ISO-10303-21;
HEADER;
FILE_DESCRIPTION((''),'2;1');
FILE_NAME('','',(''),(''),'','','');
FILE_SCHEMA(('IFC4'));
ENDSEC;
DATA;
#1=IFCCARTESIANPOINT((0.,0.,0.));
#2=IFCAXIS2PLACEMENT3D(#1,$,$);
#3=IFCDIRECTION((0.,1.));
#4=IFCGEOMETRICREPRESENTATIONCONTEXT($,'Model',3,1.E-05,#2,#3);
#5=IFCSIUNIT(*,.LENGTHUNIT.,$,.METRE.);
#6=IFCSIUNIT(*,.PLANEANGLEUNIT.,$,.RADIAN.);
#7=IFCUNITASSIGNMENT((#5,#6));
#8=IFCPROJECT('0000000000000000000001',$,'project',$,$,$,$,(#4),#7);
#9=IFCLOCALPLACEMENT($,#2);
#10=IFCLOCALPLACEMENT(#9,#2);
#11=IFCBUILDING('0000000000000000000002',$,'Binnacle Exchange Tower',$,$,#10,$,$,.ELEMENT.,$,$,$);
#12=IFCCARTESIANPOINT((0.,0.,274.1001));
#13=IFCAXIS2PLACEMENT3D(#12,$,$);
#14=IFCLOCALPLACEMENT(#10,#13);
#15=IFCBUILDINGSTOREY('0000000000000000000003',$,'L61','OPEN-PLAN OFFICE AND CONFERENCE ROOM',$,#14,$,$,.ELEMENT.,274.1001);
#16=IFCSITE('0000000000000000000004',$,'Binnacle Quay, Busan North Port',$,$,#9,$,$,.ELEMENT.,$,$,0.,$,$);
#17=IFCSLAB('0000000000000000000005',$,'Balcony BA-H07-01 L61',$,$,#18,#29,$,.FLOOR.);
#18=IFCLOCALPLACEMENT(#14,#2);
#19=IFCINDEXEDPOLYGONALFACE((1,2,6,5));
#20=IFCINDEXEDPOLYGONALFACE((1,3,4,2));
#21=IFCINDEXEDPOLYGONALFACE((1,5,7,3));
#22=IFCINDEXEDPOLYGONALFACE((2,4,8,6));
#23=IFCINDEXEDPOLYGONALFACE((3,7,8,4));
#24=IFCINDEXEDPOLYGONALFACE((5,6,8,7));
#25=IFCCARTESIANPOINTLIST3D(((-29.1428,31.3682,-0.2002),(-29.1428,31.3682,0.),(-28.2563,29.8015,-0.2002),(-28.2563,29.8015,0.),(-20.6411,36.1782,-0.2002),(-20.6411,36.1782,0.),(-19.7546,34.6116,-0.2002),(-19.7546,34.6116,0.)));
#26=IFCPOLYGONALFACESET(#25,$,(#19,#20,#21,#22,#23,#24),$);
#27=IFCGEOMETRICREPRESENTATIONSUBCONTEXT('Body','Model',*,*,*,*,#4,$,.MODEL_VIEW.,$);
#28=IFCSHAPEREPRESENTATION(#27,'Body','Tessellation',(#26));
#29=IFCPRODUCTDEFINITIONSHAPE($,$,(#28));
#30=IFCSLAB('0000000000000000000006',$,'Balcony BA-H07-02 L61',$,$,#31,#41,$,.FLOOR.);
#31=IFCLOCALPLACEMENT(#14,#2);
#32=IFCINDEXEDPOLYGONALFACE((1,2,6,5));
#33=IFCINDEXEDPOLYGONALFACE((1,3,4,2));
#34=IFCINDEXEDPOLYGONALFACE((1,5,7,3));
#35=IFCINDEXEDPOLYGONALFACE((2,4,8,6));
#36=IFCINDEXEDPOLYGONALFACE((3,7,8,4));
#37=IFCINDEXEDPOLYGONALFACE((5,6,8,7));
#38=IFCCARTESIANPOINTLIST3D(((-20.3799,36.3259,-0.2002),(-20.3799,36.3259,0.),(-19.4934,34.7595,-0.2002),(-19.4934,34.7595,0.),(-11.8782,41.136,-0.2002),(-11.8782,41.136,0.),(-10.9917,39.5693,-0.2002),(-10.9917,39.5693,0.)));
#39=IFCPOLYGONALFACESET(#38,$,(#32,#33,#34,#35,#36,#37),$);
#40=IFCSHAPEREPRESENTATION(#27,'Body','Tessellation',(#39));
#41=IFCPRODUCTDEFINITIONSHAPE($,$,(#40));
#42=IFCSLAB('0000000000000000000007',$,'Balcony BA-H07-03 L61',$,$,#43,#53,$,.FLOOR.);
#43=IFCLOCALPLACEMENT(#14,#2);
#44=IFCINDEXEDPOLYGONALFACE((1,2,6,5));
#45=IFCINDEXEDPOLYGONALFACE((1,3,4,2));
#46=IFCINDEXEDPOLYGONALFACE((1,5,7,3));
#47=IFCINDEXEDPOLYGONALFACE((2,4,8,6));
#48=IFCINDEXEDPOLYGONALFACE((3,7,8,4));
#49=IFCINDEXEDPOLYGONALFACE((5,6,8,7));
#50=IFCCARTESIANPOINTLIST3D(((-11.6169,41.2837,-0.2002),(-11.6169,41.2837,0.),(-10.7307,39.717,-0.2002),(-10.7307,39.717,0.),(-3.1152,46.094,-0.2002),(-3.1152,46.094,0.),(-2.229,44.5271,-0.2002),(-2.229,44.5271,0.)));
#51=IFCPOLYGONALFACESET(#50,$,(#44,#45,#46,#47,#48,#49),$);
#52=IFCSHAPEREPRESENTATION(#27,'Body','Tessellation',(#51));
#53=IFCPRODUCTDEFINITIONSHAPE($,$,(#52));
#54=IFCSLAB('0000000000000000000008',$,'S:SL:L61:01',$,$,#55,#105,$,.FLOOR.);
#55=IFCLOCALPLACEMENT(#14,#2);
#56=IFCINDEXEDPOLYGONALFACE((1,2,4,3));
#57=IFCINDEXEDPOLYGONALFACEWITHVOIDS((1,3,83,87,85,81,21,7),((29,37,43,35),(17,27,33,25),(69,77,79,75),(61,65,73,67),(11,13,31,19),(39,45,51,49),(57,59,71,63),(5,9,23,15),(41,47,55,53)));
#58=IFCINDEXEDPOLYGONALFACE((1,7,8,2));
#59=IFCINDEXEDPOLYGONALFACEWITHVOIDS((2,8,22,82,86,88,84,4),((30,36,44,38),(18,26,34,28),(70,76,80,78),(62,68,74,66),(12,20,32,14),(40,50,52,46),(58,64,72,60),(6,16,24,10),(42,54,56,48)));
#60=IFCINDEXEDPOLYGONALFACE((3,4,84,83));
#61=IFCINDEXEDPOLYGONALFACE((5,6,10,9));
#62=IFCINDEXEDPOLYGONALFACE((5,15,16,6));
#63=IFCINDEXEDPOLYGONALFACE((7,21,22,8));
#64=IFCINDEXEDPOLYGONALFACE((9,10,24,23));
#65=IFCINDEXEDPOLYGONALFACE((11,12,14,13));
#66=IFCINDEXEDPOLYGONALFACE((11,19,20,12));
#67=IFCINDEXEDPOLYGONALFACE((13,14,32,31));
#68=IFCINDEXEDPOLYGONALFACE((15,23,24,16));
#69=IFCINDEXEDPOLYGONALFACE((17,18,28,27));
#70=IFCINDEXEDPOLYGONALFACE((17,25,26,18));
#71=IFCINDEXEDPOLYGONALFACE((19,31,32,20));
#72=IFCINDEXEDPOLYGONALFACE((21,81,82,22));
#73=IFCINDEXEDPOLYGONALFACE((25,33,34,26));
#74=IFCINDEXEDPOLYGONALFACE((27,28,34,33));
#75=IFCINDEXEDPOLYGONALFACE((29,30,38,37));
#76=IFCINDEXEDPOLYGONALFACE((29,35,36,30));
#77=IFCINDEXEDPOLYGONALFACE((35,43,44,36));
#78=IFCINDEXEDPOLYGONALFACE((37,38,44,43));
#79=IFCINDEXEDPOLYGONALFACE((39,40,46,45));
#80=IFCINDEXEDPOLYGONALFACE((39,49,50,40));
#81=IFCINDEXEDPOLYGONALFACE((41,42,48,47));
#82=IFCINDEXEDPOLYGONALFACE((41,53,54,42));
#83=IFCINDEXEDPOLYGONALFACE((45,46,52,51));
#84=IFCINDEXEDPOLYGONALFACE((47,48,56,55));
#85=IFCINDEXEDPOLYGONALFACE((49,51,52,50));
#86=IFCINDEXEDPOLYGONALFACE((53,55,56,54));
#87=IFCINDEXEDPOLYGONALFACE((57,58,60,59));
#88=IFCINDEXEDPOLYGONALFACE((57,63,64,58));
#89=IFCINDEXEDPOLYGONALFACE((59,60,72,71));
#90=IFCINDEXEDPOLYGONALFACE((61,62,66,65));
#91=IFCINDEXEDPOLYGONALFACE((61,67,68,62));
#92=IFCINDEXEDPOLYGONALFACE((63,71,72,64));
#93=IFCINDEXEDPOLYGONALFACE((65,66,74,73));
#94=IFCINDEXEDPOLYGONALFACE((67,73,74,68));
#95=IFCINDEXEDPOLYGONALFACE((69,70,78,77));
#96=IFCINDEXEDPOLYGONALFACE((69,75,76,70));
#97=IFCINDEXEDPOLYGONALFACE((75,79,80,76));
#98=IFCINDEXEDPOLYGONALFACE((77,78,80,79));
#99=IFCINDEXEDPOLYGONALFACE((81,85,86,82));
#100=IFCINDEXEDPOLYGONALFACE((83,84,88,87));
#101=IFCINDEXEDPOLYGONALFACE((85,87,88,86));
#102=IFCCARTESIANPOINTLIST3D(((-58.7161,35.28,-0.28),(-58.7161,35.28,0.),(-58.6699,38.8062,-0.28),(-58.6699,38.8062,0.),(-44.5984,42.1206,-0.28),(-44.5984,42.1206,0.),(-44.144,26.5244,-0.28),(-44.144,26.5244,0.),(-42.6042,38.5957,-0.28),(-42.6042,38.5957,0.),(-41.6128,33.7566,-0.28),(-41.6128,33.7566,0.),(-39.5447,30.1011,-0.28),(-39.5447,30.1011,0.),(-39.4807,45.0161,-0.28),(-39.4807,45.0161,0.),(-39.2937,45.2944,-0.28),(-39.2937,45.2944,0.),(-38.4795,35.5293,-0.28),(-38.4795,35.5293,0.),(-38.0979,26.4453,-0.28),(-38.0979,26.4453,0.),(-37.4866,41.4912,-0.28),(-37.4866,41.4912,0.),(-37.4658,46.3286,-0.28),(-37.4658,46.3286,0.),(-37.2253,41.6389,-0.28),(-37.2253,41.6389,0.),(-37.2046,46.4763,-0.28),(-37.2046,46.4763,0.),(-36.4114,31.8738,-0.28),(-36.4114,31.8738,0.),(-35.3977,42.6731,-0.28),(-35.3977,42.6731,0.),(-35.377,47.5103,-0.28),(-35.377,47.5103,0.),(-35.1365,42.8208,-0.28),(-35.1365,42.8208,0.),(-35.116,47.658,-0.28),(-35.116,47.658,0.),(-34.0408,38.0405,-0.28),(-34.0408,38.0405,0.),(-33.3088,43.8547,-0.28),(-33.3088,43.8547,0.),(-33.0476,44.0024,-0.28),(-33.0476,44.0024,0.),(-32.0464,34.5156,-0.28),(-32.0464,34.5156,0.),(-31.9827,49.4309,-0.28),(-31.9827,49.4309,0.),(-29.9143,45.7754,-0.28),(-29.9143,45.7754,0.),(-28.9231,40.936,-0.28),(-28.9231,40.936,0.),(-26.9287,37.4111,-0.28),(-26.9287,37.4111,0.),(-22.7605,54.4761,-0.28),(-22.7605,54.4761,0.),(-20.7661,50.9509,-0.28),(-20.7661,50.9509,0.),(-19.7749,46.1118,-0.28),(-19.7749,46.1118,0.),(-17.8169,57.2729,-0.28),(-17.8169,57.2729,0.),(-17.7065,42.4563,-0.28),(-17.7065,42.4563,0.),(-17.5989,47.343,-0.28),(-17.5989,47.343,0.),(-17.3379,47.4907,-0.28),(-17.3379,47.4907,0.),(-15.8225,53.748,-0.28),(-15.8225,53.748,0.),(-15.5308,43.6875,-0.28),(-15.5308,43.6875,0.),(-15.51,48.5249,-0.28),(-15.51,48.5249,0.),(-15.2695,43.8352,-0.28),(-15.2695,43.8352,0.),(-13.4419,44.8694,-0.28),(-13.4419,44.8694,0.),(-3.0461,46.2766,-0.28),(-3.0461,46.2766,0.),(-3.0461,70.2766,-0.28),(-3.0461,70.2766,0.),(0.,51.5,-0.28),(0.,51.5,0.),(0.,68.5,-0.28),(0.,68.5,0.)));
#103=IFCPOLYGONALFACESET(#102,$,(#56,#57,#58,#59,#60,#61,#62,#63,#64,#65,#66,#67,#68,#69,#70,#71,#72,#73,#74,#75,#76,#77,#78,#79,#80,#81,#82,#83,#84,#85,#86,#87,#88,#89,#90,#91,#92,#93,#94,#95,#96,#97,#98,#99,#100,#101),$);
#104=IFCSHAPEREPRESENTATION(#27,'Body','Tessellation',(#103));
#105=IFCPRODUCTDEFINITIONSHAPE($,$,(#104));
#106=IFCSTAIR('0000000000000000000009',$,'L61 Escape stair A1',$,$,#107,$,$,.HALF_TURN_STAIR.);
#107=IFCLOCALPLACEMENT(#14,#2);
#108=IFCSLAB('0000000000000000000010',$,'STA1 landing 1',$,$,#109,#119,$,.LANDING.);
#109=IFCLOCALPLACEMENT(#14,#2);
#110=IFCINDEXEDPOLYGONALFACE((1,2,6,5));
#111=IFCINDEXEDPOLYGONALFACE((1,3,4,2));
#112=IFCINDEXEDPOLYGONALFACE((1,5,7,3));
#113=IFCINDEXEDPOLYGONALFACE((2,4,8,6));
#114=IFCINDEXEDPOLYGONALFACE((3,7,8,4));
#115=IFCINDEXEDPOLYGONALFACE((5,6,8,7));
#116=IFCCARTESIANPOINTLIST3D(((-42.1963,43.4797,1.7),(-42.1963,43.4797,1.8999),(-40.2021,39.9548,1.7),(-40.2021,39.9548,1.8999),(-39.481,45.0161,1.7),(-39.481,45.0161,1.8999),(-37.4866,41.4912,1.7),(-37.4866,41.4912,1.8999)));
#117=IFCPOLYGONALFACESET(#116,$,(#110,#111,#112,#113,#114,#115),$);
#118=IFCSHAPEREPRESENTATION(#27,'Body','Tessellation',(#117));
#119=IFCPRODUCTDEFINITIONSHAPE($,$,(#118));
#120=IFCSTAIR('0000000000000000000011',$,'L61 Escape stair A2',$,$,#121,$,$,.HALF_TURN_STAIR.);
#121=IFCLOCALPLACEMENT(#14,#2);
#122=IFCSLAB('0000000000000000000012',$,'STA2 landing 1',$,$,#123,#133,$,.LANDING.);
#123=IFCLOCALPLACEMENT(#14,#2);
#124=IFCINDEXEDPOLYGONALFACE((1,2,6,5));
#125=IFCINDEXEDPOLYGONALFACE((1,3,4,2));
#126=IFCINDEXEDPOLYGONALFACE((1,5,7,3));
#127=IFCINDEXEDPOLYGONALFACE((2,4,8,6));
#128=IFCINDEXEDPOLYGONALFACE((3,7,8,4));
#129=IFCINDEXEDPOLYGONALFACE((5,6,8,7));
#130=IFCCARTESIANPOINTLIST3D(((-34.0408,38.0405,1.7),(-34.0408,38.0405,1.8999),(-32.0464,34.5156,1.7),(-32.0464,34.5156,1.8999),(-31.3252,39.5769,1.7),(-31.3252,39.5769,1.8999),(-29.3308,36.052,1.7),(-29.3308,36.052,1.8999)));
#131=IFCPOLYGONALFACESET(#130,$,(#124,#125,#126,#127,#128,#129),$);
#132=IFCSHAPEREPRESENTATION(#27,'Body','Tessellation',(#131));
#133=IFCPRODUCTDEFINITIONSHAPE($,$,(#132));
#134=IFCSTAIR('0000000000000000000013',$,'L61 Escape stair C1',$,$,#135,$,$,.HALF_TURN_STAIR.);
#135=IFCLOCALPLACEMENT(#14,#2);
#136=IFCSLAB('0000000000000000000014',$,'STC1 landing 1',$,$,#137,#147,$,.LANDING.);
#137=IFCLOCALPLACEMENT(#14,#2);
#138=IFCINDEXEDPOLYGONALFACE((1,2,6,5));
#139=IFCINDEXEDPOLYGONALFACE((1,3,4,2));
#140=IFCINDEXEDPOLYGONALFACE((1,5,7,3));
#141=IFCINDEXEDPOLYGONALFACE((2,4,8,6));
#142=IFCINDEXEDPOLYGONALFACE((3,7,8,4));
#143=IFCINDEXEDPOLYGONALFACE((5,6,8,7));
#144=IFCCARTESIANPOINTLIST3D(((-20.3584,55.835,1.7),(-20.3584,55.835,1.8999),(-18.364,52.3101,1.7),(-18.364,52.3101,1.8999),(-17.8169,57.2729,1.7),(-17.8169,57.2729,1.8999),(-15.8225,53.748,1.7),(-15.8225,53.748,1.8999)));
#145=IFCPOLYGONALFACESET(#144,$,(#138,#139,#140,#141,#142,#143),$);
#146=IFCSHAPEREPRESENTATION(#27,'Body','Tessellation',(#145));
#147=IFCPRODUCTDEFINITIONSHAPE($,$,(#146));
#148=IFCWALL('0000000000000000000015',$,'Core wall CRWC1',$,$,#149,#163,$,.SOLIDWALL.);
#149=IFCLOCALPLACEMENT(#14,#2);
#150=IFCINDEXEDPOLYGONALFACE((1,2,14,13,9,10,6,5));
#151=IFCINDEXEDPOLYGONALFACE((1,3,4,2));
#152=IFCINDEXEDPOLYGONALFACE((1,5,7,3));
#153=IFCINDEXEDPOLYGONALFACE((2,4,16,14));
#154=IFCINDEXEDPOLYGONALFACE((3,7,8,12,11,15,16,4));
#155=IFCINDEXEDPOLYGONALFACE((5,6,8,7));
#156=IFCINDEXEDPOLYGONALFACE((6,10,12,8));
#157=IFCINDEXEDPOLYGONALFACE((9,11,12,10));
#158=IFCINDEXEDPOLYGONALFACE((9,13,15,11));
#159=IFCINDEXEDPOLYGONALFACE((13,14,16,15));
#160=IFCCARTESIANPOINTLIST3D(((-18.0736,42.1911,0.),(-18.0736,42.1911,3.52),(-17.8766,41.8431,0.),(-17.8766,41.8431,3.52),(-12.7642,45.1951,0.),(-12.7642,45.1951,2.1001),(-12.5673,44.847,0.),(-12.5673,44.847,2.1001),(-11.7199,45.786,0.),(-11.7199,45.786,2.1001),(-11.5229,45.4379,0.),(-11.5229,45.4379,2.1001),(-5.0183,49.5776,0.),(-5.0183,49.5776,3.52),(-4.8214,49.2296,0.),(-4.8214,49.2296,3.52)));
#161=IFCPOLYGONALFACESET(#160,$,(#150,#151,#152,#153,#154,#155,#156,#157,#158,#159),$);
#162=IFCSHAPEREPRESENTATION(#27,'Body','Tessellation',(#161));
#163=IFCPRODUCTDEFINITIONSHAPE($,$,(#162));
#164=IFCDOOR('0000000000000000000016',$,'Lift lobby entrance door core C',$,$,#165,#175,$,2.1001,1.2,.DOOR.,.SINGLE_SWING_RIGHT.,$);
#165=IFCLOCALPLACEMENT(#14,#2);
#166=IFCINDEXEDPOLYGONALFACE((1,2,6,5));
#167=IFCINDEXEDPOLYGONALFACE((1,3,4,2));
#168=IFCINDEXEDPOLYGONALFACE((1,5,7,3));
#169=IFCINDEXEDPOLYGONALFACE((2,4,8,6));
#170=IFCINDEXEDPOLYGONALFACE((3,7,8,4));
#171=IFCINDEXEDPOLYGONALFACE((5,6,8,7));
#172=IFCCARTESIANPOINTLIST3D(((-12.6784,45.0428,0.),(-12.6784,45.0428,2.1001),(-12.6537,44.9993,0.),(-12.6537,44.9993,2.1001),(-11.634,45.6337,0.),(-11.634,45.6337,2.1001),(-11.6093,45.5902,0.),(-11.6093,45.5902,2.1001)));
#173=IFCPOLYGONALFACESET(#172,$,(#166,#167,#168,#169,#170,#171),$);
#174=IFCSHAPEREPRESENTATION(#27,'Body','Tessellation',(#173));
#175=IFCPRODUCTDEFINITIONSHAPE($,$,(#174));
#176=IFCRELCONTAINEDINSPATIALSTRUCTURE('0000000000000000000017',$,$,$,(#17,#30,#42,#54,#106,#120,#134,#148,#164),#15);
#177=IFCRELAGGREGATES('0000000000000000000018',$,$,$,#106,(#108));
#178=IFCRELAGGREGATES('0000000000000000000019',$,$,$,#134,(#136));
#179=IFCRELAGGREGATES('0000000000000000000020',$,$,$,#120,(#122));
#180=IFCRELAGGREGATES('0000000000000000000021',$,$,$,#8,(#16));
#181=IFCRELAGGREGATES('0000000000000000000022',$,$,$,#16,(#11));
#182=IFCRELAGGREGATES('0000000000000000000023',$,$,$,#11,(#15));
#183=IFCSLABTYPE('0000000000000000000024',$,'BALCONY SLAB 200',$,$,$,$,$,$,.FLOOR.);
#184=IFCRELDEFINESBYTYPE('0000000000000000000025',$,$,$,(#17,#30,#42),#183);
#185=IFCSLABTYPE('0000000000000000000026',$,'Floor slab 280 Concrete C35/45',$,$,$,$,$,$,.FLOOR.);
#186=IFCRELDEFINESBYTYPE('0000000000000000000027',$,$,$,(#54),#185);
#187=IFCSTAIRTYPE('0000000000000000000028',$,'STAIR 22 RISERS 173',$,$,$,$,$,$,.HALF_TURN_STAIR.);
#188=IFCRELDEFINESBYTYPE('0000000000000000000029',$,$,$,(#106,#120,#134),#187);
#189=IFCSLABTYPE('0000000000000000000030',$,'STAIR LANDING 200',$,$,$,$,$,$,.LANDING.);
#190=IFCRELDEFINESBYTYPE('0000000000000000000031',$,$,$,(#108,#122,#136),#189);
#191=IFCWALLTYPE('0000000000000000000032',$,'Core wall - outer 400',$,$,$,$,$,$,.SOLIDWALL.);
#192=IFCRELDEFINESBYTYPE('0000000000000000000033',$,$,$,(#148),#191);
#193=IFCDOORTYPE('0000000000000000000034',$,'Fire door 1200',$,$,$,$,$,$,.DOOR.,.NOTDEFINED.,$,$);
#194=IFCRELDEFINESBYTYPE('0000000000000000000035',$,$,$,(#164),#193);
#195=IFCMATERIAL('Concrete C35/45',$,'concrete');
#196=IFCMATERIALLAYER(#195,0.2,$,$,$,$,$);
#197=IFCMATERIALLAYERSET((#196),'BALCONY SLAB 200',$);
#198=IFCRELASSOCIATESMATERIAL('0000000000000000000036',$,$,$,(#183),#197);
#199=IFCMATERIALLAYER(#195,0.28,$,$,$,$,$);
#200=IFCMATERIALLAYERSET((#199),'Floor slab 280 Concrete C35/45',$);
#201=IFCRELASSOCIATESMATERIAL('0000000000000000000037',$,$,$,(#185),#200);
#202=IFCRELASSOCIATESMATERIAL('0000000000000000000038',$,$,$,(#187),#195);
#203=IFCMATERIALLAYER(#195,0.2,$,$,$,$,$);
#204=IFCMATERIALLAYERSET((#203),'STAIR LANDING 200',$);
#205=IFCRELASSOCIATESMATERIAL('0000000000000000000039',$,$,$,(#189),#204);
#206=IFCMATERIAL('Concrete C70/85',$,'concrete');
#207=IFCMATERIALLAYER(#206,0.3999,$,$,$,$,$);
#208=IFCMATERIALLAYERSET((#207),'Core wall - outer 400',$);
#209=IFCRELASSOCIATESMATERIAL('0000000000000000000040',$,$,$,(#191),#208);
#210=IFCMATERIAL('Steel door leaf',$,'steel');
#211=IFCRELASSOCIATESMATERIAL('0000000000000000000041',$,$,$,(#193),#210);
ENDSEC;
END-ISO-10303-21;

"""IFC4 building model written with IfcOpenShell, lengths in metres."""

from ifc_helpers import new_model, si_unit, direction, frame, frame_2d, origin, place, context, subcontext, project, spatial, polyline, rectangle, outline, extrude, material, layer, layer_set, type_object, element, fill, aggregate, save


model = new_model("IFC4")

# Units and contexts
model_context = context("Model", 3, precision=1e-05, world=origin(), true_north=direction((0.0, 1.0)))
body_context = subcontext(model_context, "Body", "Model", "MODEL_VIEW")
ifc_project = project(units=[si_unit("LENGTHUNIT", "METRE"), si_unit("PLANEANGLEUNIT", "RADIAN")], contexts=[model_context])

# Site, building, storey
site_placement = place(None, origin())
site = spatial("IfcSite", under=ifc_project, at=site_placement, Name="Binnacle Quay, Busan North Port", CompositionType="ELEMENT", RefElevation=0.0)
building_placement = place(site_placement, origin())
building = spatial("IfcBuilding", under=site, at=building_placement, Name="Binnacle Exchange Tower", CompositionType="ELEMENT")
storey_placement = place(building_placement, frame((0.0, 0.0, 274.1001)))
storey = spatial("IfcBuildingStorey", under=building, at=storey_placement, Name="L61", Description="OPEN-PLAN OFFICE AND CONFERENCE ROOM", CompositionType="ELEMENT", Elevation=274.1001)

# Slabs
ifc_material_1 = material(Name="Concrete C35/45", Category="concrete")
ifc_layer_1 = layer(ifc_material_1, 0.2)
ifc_layer_set_1 = layer_set([ifc_layer_1], Name="BALCONY SLAB 200")
slab_type_1 = type_object("IfcSlabType", Name="BALCONY SLAB 200", PredefinedType="FLOOR", material=ifc_layer_set_1)
slab_1_placement = place(storey_placement, frame((0.0, 0.0, -0.2002)))
element("IfcSlab", 1, at=slab_1_placement, inside=storey, type_object=slab_type_1, Name="Balcony BA-H07-01 L61", PredefinedType="FLOOR", context=body_context, shape_type="SweptSolid", body=[
    extrude(outline(polyline([(-29.1428, 31.3682), (-20.6411, 36.1782), (-19.7546, 34.6116), (-28.2563, 29.8015), (-29.1428, 31.3682)])), origin(), (0.0, 0.0, 1.0), 0.2002),
])
slab_2_placement = place(storey_placement, frame((0.0, 0.0, -0.2002)))
element("IfcSlab", 2, at=slab_2_placement, inside=storey, type_object=slab_type_1, Name="Balcony BA-H07-02 L61", PredefinedType="FLOOR", context=body_context, shape_type="SweptSolid", body=[
    extrude(outline(polyline([(-20.3799, 36.3259), (-11.8782, 41.136), (-10.9917, 39.5693), (-19.4934, 34.7595), (-20.3799, 36.3259)])), origin(), (0.0, 0.0, 1.0), 0.2002),
])
slab_3_placement = place(storey_placement, frame((0.0, 0.0, -0.2002)))
element("IfcSlab", 3, at=slab_3_placement, inside=storey, type_object=slab_type_1, Name="Balcony BA-H07-03 L61", PredefinedType="FLOOR", context=body_context, shape_type="SweptSolid", body=[
    extrude(outline(polyline([(-11.6169, 41.2837), (-3.1152, 46.094), (-2.229, 44.5271), (-10.7307, 39.717), (-11.6169, 41.2837)])), origin(), (0.0, 0.0, 1.0), 0.2002),
])
ifc_layer_2 = layer(ifc_material_1, 0.28)
ifc_layer_set_2 = layer_set([ifc_layer_2], Name="Floor slab 280 Concrete C35/45")
slab_type_2 = type_object("IfcSlabType", Name="Floor slab 280 Concrete C35/45", PredefinedType="FLOOR", material=ifc_layer_set_2)
slab_4_placement = place(storey_placement, frame((0.0, 0.0, -0.28)))
element("IfcSlab", 4, at=slab_4_placement, inside=storey, type_object=slab_type_2, Name="S:SL:L61:01", PredefinedType="FLOOR", context=body_context, shape_type="SweptSolid", body=[
    extrude(outline(polyline([(-38.0979, 26.4453), (-44.144, 26.5244), (-58.7161, 35.28), (-58.6699, 38.8062), (-3.0461, 70.2766), (0.0, 68.5), (0.0, 51.5), (-3.0461, 46.2766), (-38.0979, 26.4453)]), holes=[polyline([(-38.4795, 35.5293), (-41.6128, 33.7566), (-39.5447, 30.1011), (-36.4114, 31.8738), (-38.4795, 35.5293)]), polyline([(-32.0464, 34.5156), (-26.9287, 37.4111), (-28.9231, 40.936), (-34.0408, 38.0405), (-32.0464, 34.5156)]), polyline([(-39.4807, 45.0161), (-44.5984, 42.1206), (-42.6042, 38.5957), (-37.4866, 41.4912), (-39.4807, 45.0161)]), polyline([(-37.4658, 46.3286), (-39.2937, 45.2944), (-37.2253, 41.6389), (-35.3977, 42.6731), (-37.4658, 46.3286)]), polyline([(-17.5989, 47.343), (-19.7749, 46.1118), (-17.7065, 42.4563), (-15.5308, 43.6875), (-17.5989, 47.343)]), polyline([(-35.377, 47.5103), (-37.2046, 46.4763), (-35.1365, 42.8208), (-33.3088, 43.8547), (-35.377, 47.5103)]), polyline([(-15.51, 48.5249), (-17.3379, 47.4907), (-15.2695, 43.8352), (-13.4419, 44.8694), (-15.51, 48.5249)]), polyline([(-29.9143, 45.7754), (-31.9827, 49.4309), (-35.116, 47.658), (-33.0476, 44.0024), (-29.9143, 45.7754)]), polyline([(-15.8225, 53.748), (-17.8169, 57.2729), (-22.7605, 54.4761), (-20.7661, 50.9509), (-15.8225, 53.748)])]), origin(), (0.0, 0.0, 1.0), 0.28),
])

# Stairs, slabs
stair_type = type_object("IfcStairType", Name="STAIR 22 RISERS 173", PredefinedType="HALF_TURN_STAIR", material=ifc_material_1)
stair_1_placement = place(storey_placement, origin())
stair_1 = element("IfcStair", 5, at=stair_1_placement, inside=storey, type_object=stair_type, Name="L61 Escape stair A1", PredefinedType="HALF_TURN_STAIR")
ifc_layer_3 = layer(ifc_material_1, 0.2)
ifc_layer_set_3 = layer_set([ifc_layer_3], Name="STAIR LANDING 200")
slab_type_3 = type_object("IfcSlabType", Name="STAIR LANDING 200", PredefinedType="LANDING", material=ifc_layer_set_3)
slab_5_placement = place(storey_placement, frame((0.0, 0.0, 1.7)))
slab_5 = element("IfcSlab", 6, at=slab_5_placement, type_object=slab_type_3, Name="STA1 landing 1", PredefinedType="LANDING", context=body_context, shape_type="SweptSolid", body=[
    extrude(outline(polyline([(-40.2021, 39.9548), (-37.4866, 41.4912), (-39.481, 45.0161), (-42.1963, 43.4797), (-40.2021, 39.9548)])), origin(), (0.0, 0.0, 1.0), 0.2),
])
aggregate(stair_1, [slab_5])
stair_2_placement = place(storey_placement, origin())
stair_2 = element("IfcStair", 7, at=stair_2_placement, inside=storey, type_object=stair_type, Name="L61 Escape stair A2", PredefinedType="HALF_TURN_STAIR")
slab_6_placement = place(storey_placement, frame((0.0, 0.0, 1.7)))
slab_6 = element("IfcSlab", 8, at=slab_6_placement, type_object=slab_type_3, Name="STA2 landing 1", PredefinedType="LANDING", context=body_context, shape_type="SweptSolid", body=[
    extrude(outline(polyline([(-31.3252, 39.5769), (-34.0408, 38.0405), (-32.0464, 34.5156), (-29.3308, 36.052), (-31.3252, 39.5769)])), origin(), (0.0, 0.0, 1.0), 0.2),
])
stair_3_placement = place(storey_placement, origin())
stair_3 = element("IfcStair", 9, at=stair_3_placement, inside=storey, type_object=stair_type, Name="L61 Escape stair C1", PredefinedType="HALF_TURN_STAIR")
slab_7_placement = place(storey_placement, frame((0.0, 0.0, 1.7)))
slab_7 = element("IfcSlab", 10, at=slab_7_placement, type_object=slab_type_3, Name="STC1 landing 1", PredefinedType="LANDING", context=body_context, shape_type="SweptSolid", body=[
    extrude(outline(polyline([(-18.364, 52.3101), (-15.8225, 53.748), (-17.8169, 57.2729), (-20.3584, 55.835), (-18.364, 52.3101)])), origin(), (0.0, 0.0, 1.0), 0.2),
])
aggregate(stair_3, [slab_7])

# Wall, opening, door
ifc_material_2 = material(Name="Concrete C70/85", Category="concrete")
ifc_layer_4 = layer(ifc_material_2, 0.3999)
ifc_layer_set_4 = layer_set([ifc_layer_4], Name="Core wall - outer 400")
wall_type_1 = type_object("IfcWallType", Name="Core wall - outer 400", PredefinedType="SOLIDWALL", material=ifc_layer_set_4)
wall_1_placement = place(storey_placement, frame((-17.9751, 42.0171, 0.0), z_axis=(0.0, 0.0, 1.0), x_axis=(0.87035, 0.492434, 0.0)))
wall_1 = element("IfcWall", 11, at=wall_1_placement, inside=storey, type_object=wall_type_1, Name="Core wall CRWC1", PredefinedType="SOLIDWALL", context=body_context, shape_type="SweptSolid", body=[
    extrude(rectangle(XDim=15.0, YDim=0.3999, at=frame_2d((7.5, 0.0))), origin(), (0.0, 0.0, 1.0), 3.52),
])
opening_1_placement = place(wall_1_placement, frame((6.1001, 0.0, 0.0)))
opening_1 = element("IfcOpeningElement", 12, at=opening_1_placement, cuts=wall_1, PredefinedType="OPENING", context=body_context, shape_type="SweptSolid", body=[
    extrude(rectangle(XDim=1.2, YDim=2.1001, at=frame_2d((0.6001, 1.05))), frame((0.0, 0.21, 0.0), z_axis=(0.0, -1.0, 0.0), x_axis=(1.0, 0.0, 0.0)), (0.0, 0.0, 1.0), 0.4199),
])
ifc_material_3 = material(Name="Steel door leaf", Category="steel")
door_type_1 = type_object("IfcDoorType", Name="Fire door 1200", OperationType="NOTDEFINED", PredefinedType="DOOR", material=ifc_material_3)
door_1_placement = place(opening_1_placement, frame((1.2, 0.0, 0.0), z_axis=(0.0, 0.0, 1.0), x_axis=(-1.0, 0.0, 0.0)))
door_1 = element("IfcDoor", 13, at=door_1_placement, inside=storey, type_object=door_type_1, Name="Lift lobby entrance door core C", OperationType="SINGLE_SWING_RIGHT", OverallHeight=2.1001, OverallWidth=1.2, PredefinedType="DOOR", context=body_context, shape_type="SweptSolid", body=[
    extrude(rectangle(XDim=1.2, YDim=2.1001, at=frame_2d((0.6001, 1.05))), frame((0.0, 0.0249, 0.0), z_axis=(0.0, -1.0, 0.0), x_axis=(1.0, 0.0, 0.0)), (0.0, 0.0, 1.0), 0.05),
])
fill(opening_1, door_1)

aggregate(stair_2, [slab_6])

save(model, "model.ifc")
